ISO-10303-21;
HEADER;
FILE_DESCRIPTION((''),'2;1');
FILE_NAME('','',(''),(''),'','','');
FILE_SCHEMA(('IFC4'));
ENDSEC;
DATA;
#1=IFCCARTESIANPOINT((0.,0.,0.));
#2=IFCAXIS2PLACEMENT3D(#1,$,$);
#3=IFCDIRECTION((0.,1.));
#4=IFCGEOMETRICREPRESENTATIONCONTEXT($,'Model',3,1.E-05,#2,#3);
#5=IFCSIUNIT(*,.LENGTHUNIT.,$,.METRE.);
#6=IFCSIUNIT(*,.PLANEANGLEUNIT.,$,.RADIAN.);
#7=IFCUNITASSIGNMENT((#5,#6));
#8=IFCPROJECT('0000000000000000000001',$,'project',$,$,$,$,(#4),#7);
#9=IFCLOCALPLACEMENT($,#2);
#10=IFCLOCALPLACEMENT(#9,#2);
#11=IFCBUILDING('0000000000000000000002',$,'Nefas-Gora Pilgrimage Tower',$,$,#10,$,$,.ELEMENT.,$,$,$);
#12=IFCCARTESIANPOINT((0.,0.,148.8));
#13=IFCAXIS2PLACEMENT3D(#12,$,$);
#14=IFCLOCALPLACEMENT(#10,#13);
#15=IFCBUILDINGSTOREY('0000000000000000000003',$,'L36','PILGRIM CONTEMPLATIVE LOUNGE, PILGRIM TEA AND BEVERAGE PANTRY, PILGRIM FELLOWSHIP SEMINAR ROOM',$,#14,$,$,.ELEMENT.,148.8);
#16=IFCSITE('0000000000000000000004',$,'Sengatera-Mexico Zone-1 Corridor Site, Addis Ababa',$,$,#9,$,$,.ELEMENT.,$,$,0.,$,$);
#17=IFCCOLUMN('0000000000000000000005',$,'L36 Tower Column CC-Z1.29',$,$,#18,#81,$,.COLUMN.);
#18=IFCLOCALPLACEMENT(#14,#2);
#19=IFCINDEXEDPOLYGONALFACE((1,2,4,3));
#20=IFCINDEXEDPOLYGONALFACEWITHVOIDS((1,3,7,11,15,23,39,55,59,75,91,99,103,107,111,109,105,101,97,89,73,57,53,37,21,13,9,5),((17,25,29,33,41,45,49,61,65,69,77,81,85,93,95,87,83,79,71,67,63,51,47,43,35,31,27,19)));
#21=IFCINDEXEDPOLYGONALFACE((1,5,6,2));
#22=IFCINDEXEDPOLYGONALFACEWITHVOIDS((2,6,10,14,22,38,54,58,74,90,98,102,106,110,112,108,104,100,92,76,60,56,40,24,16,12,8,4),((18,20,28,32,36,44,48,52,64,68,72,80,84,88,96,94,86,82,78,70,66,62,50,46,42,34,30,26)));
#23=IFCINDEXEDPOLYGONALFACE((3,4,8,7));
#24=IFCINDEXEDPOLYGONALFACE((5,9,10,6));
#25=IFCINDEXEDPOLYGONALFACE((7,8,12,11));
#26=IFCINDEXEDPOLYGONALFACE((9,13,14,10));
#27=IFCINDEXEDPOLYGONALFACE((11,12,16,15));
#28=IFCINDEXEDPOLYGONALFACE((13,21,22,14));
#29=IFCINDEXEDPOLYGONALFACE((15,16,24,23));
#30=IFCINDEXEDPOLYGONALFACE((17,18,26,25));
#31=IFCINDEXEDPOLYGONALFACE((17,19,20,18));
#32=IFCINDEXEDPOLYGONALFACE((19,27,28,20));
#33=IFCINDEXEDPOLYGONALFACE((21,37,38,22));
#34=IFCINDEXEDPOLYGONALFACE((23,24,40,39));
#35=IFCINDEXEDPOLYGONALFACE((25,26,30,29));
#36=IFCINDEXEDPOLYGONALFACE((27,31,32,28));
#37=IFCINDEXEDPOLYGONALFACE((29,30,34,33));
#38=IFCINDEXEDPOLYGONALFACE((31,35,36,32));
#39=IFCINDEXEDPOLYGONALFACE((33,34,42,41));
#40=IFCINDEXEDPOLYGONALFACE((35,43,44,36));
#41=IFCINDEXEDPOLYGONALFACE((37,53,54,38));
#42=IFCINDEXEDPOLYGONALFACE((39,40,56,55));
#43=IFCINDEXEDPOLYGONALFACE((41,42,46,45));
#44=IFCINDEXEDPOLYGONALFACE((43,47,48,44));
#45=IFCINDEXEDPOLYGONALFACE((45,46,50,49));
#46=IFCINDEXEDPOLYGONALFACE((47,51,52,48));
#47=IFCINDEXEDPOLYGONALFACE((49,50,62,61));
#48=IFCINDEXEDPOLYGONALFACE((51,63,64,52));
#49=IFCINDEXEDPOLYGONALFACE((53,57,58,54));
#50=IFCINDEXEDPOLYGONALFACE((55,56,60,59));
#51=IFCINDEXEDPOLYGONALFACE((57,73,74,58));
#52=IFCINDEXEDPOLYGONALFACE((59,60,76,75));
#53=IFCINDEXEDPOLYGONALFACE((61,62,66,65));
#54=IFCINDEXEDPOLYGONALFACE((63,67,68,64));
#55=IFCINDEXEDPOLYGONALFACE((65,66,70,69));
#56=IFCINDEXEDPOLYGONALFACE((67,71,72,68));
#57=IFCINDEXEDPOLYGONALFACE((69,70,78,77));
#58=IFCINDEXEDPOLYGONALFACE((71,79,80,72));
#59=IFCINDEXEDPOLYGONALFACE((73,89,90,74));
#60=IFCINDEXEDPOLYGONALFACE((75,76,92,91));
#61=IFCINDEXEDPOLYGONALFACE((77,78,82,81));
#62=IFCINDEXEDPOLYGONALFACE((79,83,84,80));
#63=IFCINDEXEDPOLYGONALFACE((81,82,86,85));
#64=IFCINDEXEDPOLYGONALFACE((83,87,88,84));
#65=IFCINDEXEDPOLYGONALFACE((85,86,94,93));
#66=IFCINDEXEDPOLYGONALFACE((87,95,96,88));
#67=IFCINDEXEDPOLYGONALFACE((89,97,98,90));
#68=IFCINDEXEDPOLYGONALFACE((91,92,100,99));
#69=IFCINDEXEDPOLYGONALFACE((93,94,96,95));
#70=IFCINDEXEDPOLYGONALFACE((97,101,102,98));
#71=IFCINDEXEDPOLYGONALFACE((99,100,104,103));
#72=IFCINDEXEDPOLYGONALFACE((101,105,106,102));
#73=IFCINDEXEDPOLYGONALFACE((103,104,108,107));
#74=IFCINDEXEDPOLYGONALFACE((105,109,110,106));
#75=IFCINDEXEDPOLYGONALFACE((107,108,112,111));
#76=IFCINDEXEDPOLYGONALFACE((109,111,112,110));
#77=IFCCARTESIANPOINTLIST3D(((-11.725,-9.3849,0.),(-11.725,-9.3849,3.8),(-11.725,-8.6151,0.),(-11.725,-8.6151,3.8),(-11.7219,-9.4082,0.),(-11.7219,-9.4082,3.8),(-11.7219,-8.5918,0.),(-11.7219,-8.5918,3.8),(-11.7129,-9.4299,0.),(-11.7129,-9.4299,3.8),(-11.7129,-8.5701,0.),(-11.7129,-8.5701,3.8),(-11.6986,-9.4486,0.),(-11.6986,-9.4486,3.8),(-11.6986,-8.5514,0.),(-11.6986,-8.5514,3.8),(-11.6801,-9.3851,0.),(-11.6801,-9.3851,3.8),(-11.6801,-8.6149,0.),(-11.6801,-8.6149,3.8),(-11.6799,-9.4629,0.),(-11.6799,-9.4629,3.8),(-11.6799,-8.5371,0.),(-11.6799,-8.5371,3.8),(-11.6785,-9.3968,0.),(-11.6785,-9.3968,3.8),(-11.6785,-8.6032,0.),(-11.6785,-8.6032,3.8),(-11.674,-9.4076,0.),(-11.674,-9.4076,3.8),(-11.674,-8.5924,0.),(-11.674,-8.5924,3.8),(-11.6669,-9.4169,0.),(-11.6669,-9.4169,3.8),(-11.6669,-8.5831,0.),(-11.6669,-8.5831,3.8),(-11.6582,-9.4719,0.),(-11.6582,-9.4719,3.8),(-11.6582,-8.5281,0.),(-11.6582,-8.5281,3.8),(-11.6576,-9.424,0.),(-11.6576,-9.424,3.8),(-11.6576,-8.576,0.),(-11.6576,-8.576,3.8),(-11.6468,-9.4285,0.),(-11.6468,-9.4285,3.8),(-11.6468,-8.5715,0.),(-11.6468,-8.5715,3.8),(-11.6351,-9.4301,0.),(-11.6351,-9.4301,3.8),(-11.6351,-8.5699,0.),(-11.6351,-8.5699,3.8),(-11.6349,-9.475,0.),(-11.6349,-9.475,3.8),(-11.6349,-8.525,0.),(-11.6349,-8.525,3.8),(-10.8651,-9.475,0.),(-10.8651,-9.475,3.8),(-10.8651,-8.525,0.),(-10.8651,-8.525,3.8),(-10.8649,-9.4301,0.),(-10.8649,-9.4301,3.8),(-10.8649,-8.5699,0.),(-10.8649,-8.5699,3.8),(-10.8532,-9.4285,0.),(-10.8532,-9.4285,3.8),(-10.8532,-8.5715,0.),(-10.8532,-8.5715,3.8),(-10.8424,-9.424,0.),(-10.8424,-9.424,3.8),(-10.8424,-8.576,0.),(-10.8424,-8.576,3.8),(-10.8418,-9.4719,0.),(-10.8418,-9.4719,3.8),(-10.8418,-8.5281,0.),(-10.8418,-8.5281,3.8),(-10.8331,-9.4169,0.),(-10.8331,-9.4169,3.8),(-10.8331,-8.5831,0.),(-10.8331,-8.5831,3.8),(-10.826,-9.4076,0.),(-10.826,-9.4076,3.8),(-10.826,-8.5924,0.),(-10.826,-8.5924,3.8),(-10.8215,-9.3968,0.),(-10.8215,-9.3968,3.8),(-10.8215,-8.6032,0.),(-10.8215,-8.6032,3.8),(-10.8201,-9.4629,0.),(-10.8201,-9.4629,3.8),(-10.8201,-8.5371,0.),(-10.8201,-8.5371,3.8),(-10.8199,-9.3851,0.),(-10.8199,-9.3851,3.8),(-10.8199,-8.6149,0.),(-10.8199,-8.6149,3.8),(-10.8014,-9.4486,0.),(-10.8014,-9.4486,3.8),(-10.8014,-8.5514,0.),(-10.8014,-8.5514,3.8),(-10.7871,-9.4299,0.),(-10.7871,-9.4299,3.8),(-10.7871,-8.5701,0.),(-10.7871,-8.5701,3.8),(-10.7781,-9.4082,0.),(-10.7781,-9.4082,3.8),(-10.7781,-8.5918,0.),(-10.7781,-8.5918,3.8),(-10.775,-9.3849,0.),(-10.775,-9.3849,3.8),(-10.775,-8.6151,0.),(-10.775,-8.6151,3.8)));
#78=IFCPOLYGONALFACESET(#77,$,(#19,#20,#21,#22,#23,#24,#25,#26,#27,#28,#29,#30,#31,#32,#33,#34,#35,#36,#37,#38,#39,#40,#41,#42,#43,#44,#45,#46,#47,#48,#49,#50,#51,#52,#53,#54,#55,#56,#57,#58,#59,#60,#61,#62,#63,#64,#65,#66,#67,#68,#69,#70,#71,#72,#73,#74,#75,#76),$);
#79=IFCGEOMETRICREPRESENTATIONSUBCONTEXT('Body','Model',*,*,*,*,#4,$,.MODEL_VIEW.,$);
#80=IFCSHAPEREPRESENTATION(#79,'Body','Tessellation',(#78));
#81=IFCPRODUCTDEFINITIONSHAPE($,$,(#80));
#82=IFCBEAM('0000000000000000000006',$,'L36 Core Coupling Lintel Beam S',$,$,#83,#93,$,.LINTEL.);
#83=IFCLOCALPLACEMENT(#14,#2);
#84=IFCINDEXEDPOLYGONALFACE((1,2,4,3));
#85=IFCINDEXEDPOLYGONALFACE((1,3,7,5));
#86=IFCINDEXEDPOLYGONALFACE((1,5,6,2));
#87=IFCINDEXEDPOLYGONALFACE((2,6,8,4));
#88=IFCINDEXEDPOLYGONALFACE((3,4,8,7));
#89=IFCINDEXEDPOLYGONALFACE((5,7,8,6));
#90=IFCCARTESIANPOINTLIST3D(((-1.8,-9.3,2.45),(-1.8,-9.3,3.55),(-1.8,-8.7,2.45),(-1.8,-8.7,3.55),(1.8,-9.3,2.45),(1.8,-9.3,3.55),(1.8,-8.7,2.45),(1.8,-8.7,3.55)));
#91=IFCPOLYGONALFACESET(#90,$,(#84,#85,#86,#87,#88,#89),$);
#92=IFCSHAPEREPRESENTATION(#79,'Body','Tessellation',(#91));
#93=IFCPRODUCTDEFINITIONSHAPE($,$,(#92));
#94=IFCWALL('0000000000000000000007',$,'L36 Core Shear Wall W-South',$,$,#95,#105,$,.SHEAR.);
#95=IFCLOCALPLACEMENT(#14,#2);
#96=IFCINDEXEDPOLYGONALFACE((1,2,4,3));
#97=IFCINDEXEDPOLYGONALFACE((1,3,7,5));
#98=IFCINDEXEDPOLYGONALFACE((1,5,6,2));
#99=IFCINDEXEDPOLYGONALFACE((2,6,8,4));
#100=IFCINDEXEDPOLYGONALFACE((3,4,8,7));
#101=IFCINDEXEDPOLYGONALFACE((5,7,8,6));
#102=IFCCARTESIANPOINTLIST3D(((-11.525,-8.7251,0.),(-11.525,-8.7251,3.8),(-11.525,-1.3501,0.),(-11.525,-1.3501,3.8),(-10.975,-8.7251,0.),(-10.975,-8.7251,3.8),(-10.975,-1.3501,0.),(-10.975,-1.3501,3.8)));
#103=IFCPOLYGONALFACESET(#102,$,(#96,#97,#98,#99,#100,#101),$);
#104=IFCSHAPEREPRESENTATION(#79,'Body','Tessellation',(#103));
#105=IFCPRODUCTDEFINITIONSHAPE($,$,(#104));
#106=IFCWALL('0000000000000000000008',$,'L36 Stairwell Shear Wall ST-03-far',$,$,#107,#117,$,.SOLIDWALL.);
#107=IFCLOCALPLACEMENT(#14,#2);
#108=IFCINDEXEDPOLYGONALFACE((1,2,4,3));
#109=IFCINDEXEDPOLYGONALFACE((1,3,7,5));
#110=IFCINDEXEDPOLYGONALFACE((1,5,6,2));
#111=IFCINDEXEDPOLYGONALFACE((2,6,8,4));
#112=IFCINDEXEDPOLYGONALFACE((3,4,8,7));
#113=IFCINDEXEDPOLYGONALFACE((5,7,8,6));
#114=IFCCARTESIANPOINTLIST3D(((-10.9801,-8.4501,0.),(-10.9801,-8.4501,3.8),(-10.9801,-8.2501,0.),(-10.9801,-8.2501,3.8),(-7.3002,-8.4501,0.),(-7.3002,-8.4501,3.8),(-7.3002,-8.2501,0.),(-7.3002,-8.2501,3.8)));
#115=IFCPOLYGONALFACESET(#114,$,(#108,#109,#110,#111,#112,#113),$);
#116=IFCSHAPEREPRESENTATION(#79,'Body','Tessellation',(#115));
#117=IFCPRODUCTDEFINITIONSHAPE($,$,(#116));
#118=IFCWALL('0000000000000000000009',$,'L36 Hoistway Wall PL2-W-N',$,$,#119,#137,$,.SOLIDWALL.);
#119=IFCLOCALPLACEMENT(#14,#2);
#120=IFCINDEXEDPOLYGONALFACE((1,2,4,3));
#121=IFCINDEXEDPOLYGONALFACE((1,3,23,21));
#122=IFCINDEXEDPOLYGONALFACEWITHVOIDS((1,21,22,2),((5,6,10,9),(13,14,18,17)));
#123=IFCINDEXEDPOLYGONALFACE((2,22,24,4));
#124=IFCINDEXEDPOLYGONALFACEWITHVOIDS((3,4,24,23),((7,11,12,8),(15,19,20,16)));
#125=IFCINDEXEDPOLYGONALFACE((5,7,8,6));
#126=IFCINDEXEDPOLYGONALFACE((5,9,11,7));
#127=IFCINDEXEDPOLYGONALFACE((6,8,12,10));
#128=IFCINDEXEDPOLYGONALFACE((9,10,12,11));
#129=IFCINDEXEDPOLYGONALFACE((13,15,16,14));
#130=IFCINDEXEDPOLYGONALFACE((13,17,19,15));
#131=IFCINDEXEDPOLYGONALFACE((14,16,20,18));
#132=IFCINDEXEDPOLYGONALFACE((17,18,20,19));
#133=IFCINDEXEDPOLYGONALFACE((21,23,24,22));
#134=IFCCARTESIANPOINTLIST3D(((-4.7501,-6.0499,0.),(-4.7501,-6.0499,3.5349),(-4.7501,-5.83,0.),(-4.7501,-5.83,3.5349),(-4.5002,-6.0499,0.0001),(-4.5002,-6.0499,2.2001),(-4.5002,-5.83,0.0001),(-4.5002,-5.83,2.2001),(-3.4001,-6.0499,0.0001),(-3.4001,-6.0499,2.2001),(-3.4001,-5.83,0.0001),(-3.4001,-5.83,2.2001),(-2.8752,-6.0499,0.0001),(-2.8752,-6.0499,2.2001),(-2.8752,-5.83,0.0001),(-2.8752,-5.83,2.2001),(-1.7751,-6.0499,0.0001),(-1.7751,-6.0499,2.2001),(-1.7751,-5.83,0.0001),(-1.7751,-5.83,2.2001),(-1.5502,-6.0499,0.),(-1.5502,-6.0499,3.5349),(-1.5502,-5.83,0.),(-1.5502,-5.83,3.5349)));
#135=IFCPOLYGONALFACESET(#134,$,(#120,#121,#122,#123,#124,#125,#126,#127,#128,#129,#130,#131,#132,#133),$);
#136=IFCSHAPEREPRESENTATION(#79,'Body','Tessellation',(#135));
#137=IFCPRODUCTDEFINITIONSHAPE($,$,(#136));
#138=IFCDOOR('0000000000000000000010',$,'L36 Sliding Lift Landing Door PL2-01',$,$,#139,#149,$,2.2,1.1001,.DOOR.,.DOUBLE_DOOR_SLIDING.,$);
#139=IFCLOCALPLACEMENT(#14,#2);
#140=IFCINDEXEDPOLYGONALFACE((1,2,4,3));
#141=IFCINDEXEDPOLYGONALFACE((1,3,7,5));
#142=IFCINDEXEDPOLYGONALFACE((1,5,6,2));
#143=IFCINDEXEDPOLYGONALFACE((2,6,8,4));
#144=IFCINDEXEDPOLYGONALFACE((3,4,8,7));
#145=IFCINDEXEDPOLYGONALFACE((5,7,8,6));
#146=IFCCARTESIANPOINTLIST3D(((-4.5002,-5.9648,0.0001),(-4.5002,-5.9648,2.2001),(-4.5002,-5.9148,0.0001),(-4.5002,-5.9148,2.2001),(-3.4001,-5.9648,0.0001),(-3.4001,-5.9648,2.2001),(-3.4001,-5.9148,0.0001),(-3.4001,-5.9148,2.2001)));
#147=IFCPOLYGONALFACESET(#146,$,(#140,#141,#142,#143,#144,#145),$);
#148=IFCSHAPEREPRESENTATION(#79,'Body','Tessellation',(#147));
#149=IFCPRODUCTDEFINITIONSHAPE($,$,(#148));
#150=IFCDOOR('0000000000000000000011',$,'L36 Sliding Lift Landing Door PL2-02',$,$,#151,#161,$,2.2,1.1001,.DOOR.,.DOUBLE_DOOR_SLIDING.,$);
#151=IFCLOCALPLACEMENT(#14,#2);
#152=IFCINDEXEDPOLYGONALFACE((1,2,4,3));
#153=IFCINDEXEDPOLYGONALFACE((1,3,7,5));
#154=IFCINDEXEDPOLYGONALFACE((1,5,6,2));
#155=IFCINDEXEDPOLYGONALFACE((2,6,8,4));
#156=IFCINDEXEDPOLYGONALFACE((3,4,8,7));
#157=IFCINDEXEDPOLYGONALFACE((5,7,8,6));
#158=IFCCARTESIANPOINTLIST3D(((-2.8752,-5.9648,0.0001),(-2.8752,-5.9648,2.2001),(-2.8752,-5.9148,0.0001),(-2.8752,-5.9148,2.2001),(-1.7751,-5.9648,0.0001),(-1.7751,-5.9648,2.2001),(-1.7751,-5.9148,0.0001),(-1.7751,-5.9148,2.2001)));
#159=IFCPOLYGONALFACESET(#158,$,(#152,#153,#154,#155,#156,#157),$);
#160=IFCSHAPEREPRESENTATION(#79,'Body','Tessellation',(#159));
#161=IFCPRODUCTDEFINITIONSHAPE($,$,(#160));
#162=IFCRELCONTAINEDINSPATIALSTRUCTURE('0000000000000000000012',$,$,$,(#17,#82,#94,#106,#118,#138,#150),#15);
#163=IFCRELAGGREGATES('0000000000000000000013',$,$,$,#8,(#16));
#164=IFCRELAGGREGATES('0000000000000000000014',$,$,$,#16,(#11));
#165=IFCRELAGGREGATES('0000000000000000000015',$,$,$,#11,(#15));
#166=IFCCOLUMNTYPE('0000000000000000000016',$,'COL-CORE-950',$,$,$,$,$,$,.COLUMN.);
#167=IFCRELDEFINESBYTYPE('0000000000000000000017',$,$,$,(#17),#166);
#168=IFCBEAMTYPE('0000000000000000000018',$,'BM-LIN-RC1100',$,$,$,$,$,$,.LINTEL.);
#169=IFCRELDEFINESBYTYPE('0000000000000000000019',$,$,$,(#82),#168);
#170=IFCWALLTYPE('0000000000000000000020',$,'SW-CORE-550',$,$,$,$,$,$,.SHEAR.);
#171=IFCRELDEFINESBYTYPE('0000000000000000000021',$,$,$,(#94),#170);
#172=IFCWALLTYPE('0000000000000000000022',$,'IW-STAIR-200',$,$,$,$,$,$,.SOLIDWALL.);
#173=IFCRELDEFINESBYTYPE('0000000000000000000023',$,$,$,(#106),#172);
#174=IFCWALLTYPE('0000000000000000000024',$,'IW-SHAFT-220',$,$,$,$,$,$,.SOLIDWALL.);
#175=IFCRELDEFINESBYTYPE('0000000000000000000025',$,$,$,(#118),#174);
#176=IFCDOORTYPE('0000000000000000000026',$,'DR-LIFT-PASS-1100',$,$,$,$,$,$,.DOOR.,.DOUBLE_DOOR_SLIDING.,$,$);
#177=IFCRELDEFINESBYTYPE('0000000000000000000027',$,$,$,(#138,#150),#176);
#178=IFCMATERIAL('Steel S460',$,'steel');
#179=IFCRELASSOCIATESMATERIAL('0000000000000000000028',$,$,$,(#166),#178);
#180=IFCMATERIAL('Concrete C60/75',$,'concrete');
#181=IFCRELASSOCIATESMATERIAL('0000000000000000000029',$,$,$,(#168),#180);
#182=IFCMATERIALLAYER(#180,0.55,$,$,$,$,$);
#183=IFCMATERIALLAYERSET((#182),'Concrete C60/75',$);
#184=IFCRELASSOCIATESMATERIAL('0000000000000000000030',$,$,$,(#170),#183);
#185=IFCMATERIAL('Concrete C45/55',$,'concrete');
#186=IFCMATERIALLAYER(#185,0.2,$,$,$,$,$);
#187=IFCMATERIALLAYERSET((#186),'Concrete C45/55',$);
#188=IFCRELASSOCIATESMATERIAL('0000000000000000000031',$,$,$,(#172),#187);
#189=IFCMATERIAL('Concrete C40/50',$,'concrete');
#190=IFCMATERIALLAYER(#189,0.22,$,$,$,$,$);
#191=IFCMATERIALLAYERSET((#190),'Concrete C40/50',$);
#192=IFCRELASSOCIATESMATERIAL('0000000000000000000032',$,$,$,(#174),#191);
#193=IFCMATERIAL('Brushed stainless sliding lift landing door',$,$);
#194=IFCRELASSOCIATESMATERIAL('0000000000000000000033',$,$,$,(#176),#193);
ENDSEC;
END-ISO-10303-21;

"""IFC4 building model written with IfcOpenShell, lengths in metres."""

from ifc_helpers import new_model, si_unit, direction, frame, frame_2d, origin, origin_2d, place, context, subcontext, project, spatial, rectangle, hollow_rectangle, extrude, source, transform, mapped, material, layer, layer_set, material_profile, profile_set, type_object, element, fill, save


model = new_model("IFC4")

# Units and contexts
model_context = context("Model", 3, precision=1e-05, world=origin(), true_north=direction((0.0, 1.0)))
body_context = subcontext(model_context, "Body", "Model", "MODEL_VIEW")
ifc_project = project(units=[si_unit("LENGTHUNIT", "METRE"), si_unit("PLANEANGLEUNIT", "RADIAN")], contexts=[model_context])

# Site, building, storey
site_placement = place(None, origin())
site = spatial("IfcSite", under=ifc_project, at=site_placement, Name="Sengatera-Mexico Zone-1 Corridor Site, Addis Ababa", CompositionType="ELEMENT", RefElevation=0.0)
building_placement = place(site_placement, origin())
building = spatial("IfcBuilding", under=site, at=building_placement, Name="Nefas-Gora Pilgrimage Tower", CompositionType="ELEMENT")
storey_placement = place(building_placement, frame((0.0, 0.0, 148.8)))
storey = spatial("IfcBuildingStorey", under=building, at=storey_placement, Name="L36", Description="PILGRIM CONTEMPLATIVE LOUNGE, PILGRIM TEA AND BEVERAGE PANTRY, PILGRIM FELLOWSHIP SEMINAR ROOM", CompositionType="ELEMENT", Elevation=148.8)

# Column
ifc_material_1 = material(Name="Steel S460", Category="steel")
ifc_material_profile_1 = material_profile(ifc_material_1, hollow_rectangle(XDim=0.95, YDim=0.95, WallThickness=0.0449, InnerFilletRadius=0.0449, OuterFilletRadius=0.0901, at=origin_2d()), Name="BOX 950x950x45")
ifc_profile_set_1 = profile_set([ifc_material_profile_1], Name="Steel S460")
column_type = type_object("IfcColumnType", Name="COL-CORE-950", PredefinedType="COLUMN", material=ifc_profile_set_1)
shared_shape_1 = source(origin(), body_context, "Body", "SweptSolid", [
    extrude(hollow_rectangle(XDim=0.95, YDim=0.95, WallThickness=0.0449, InnerFilletRadius=0.0449, OuterFilletRadius=0.0901, at=origin_2d()), origin(), (0.0, 0.0, 1.0), 3.8),
])
column_placement = place(storey_placement, frame((-11.25, -9.0, 0.0), z_axis=(0.0, 0.0, 1.0), x_axis=(1.0, 0.0, 0.0)))
element("IfcColumn", 1, at=column_placement, inside=storey, type_object=column_type, Name="L36 Tower Column CC-Z1.29", PredefinedType="COLUMN", context=body_context, shape_type="MappedRepresentation", body=[
    mapped(shared_shape_1, transform((0.0, 0.0, 0.0), x_axis=(1.0, 0.0, 0.0), y_axis=(0.0, 1.0, 0.0), z_axis=(0.0, 0.0, 1.0), scale=1.0)),
])

# Beam
ifc_material_2 = material(Name="Concrete C60/75", Category="concrete")
ifc_material_profile_2 = material_profile(ifc_material_2, rectangle(XDim=0.6001, YDim=1.1001, at=origin_2d()), Name="RC 600x1100")
ifc_profile_set_2 = profile_set([ifc_material_profile_2], Name="Concrete C60/75")
beam_type = type_object("IfcBeamType", Name="BM-LIN-RC1100", PredefinedType="LINTEL", material=ifc_profile_set_2)
shared_shape_2 = source(origin(), body_context, "Body", "SweptSolid", [
    extrude(rectangle(XDim=0.6001, YDim=1.1001, at=origin_2d()), origin(), (0.0, 0.0, 1.0), 3.6001),
])
beam_placement = place(storey_placement, frame((-1.8, -9.0, 3.0), z_axis=(1.0, 0.0, 0.0), x_axis=(0.0, 1.0, 0.0)))
element("IfcBeam", 2, at=beam_placement, inside=storey, type_object=beam_type, Name="L36 Core Coupling Lintel Beam S", PredefinedType="LINTEL", context=body_context, shape_type="MappedRepresentation", body=[
    mapped(shared_shape_2, transform((0.0, 0.0, 0.0), x_axis=(1.0, 0.0, 0.0), y_axis=(0.0, 1.0, 0.0), z_axis=(0.0, 0.0, 1.0), scale=1.0)),
])

# Walls
ifc_layer_1 = layer(ifc_material_2, 0.55)
ifc_layer_set_1 = layer_set([ifc_layer_1], Name="Concrete C60/75")
wall_type_1 = type_object("IfcWallType", Name="SW-CORE-550", PredefinedType="SHEAR", material=ifc_layer_set_1)
shared_shape_3 = source(origin(), body_context, "Body", "SweptSolid", [
    extrude(rectangle(XDim=7.375, YDim=0.55, at=frame_2d((3.6875, 0.0))), origin(), (0.0, 0.0, 1.0), 3.8),
])
wall_1_placement = place(storey_placement, frame((-11.25, -8.7251, 0.0), z_axis=(0.0, 0.0, 1.0), x_axis=(0.0, 1.0, 0.0)))
element("IfcWall", 3, at=wall_1_placement, inside=storey, type_object=wall_type_1, Name="L36 Core Shear Wall W-South", PredefinedType="SHEAR", context=body_context, shape_type="MappedRepresentation", body=[
    mapped(shared_shape_3, transform((0.0, 0.0, 0.0), x_axis=(1.0, 0.0, 0.0), y_axis=(0.0, 1.0, 0.0), z_axis=(0.0, 0.0, 1.0), scale=1.0)),
])
ifc_material_3 = material(Name="Concrete C45/55", Category="concrete")
ifc_layer_2 = layer(ifc_material_3, 0.2)
ifc_layer_set_2 = layer_set([ifc_layer_2], Name="Concrete C45/55")
wall_type_2 = type_object("IfcWallType", Name="IW-STAIR-200", PredefinedType="SOLIDWALL", material=ifc_layer_set_2)
shared_shape_4 = source(origin(), body_context, "Body", "SweptSolid", [
    extrude(rectangle(XDim=3.6799, YDim=0.2, at=frame_2d((1.8398, 0.0))), origin(), (0.0, 0.0, 1.0), 3.8),
])
wall_2_placement = place(storey_placement, frame((-10.98, -8.3501, 0.0), z_axis=(0.0, 0.0, 1.0), x_axis=(1.0, 0.0, 0.0)))
element("IfcWall", 4, at=wall_2_placement, inside=storey, type_object=wall_type_2, Name="L36 Stairwell Shear Wall ST-03-far", PredefinedType="SOLIDWALL", context=body_context, shape_type="MappedRepresentation", body=[
    mapped(shared_shape_4, transform((0.0, 0.0, 0.0), x_axis=(1.0, 0.0, 0.0), y_axis=(0.0, 1.0, 0.0), z_axis=(0.0, 0.0, 1.0), scale=1.0)),
])

# Wall, openings, doors
ifc_material_4 = material(Name="Concrete C40/50", Category="concrete")
ifc_layer_3 = layer(ifc_material_4, 0.22)
ifc_layer_set_3 = layer_set([ifc_layer_3], Name="Concrete C40/50")
wall_type_3 = type_object("IfcWallType", Name="IW-SHAFT-220", PredefinedType="SOLIDWALL", material=ifc_layer_set_3)
shared_shape_5 = source(origin(), body_context, "Body", "SweptSolid", [
    extrude(rectangle(XDim=3.2, YDim=0.22, at=frame_2d((1.6001, 0.0))), origin(), (0.0, 0.0, 1.0), 3.5349),
])
wall_3_placement = place(storey_placement, frame((-1.55, -5.9399, 0.0), z_axis=(0.0, 0.0, 1.0), x_axis=(-1.0, 0.0, 0.0)))
wall_3 = element("IfcWall", 5, at=wall_3_placement, inside=storey, type_object=wall_type_3, Name="L36 Hoistway Wall PL2-W-N", PredefinedType="SOLIDWALL", context=body_context, shape_type="MappedRepresentation", body=[
    mapped(shared_shape_5, transform((0.0, 0.0, 0.0), x_axis=(1.0, 0.0, 0.0), y_axis=(0.0, 1.0, 0.0), z_axis=(0.0, 0.0, 1.0), scale=1.0)),
])
opening_1_placement = place(wall_3_placement, frame((1.8501, 0.0, 0.0)))
opening_1 = element("IfcOpeningElement", 6, at=opening_1_placement, cuts=wall_3, PredefinedType="OPENING", context=body_context, shape_type="SweptSolid", body=[
    extrude(rectangle(XDim=1.1001, YDim=2.2, at=frame_2d((0.55, 1.1001))), frame((0.0, 0.1199, 0.0), z_axis=(0.0, -1.0, 0.0), x_axis=(1.0, 0.0, 0.0)), (0.0, 0.0, 1.0), 0.24),
])
opening_2_placement = place(wall_3_placement, frame((0.2251, 0.0, 0.0)))
opening_2 = element("IfcOpeningElement", 7, at=opening_2_placement, cuts=wall_3, PredefinedType="OPENING", context=body_context, shape_type="SweptSolid", body=[
    extrude(rectangle(XDim=1.1001, YDim=2.2, at=frame_2d((0.55, 1.1001))), frame((0.0, 0.1199, 0.0), z_axis=(0.0, -1.0, 0.0), x_axis=(1.0, 0.0, 0.0)), (0.0, 0.0, 1.0), 0.24),
])
ifc_material_5 = material(Name="Brushed stainless sliding lift landing door")
door_type_1 = type_object("IfcDoorType", Name="DR-LIFT-PASS-1100", OperationType="DOUBLE_DOOR_SLIDING", PredefinedType="DOOR", material=ifc_material_5)
shared_shape_6 = source(origin(), body_context, "Body", "SweptSolid", [
    extrude(rectangle(XDim=1.1001, YDim=2.2, at=frame_2d((0.55, 1.1001))), frame((0.0, 0.0249, 0.0), z_axis=(0.0, -1.0, 0.0), x_axis=(1.0, 0.0, 0.0)), (0.0, 0.0, 1.0), 0.05),
])
door_1_placement = place(opening_1_placement, origin())
door_1 = element("IfcDoor", 8, at=door_1_placement, inside=storey, type_object=door_type_1, Name="L36 Sliding Lift Landing Door PL2-01", OperationType="DOUBLE_DOOR_SLIDING", OverallHeight=2.2, OverallWidth=1.1001, PredefinedType="DOOR", context=body_context, shape_type="MappedRepresentation", body=[
    mapped(shared_shape_6, transform((0.0, 0.0, 0.0), x_axis=(1.0, 0.0, 0.0), y_axis=(0.0, 1.0, 0.0), z_axis=(0.0, 0.0, 1.0), scale=1.0)),
])
fill(opening_1, door_1)
door_2_placement = place(opening_2_placement, origin())
door_2 = element("IfcDoor", 9, at=door_2_placement, inside=storey, type_object=door_type_1, Name="L36 Sliding Lift Landing Door PL2-02", OperationType="DOUBLE_DOOR_SLIDING", OverallHeight=2.2, OverallWidth=1.1001, PredefinedType="DOOR", context=body_context, shape_type="MappedRepresentation", body=[
    mapped(shared_shape_6, transform((0.0, 0.0, 0.0), x_axis=(1.0, 0.0, 0.0), y_axis=(0.0, 1.0, 0.0), z_axis=(0.0, 0.0, 1.0), scale=1.0)),
])
fill(opening_2, door_2)

save(model, "model.ifc")
